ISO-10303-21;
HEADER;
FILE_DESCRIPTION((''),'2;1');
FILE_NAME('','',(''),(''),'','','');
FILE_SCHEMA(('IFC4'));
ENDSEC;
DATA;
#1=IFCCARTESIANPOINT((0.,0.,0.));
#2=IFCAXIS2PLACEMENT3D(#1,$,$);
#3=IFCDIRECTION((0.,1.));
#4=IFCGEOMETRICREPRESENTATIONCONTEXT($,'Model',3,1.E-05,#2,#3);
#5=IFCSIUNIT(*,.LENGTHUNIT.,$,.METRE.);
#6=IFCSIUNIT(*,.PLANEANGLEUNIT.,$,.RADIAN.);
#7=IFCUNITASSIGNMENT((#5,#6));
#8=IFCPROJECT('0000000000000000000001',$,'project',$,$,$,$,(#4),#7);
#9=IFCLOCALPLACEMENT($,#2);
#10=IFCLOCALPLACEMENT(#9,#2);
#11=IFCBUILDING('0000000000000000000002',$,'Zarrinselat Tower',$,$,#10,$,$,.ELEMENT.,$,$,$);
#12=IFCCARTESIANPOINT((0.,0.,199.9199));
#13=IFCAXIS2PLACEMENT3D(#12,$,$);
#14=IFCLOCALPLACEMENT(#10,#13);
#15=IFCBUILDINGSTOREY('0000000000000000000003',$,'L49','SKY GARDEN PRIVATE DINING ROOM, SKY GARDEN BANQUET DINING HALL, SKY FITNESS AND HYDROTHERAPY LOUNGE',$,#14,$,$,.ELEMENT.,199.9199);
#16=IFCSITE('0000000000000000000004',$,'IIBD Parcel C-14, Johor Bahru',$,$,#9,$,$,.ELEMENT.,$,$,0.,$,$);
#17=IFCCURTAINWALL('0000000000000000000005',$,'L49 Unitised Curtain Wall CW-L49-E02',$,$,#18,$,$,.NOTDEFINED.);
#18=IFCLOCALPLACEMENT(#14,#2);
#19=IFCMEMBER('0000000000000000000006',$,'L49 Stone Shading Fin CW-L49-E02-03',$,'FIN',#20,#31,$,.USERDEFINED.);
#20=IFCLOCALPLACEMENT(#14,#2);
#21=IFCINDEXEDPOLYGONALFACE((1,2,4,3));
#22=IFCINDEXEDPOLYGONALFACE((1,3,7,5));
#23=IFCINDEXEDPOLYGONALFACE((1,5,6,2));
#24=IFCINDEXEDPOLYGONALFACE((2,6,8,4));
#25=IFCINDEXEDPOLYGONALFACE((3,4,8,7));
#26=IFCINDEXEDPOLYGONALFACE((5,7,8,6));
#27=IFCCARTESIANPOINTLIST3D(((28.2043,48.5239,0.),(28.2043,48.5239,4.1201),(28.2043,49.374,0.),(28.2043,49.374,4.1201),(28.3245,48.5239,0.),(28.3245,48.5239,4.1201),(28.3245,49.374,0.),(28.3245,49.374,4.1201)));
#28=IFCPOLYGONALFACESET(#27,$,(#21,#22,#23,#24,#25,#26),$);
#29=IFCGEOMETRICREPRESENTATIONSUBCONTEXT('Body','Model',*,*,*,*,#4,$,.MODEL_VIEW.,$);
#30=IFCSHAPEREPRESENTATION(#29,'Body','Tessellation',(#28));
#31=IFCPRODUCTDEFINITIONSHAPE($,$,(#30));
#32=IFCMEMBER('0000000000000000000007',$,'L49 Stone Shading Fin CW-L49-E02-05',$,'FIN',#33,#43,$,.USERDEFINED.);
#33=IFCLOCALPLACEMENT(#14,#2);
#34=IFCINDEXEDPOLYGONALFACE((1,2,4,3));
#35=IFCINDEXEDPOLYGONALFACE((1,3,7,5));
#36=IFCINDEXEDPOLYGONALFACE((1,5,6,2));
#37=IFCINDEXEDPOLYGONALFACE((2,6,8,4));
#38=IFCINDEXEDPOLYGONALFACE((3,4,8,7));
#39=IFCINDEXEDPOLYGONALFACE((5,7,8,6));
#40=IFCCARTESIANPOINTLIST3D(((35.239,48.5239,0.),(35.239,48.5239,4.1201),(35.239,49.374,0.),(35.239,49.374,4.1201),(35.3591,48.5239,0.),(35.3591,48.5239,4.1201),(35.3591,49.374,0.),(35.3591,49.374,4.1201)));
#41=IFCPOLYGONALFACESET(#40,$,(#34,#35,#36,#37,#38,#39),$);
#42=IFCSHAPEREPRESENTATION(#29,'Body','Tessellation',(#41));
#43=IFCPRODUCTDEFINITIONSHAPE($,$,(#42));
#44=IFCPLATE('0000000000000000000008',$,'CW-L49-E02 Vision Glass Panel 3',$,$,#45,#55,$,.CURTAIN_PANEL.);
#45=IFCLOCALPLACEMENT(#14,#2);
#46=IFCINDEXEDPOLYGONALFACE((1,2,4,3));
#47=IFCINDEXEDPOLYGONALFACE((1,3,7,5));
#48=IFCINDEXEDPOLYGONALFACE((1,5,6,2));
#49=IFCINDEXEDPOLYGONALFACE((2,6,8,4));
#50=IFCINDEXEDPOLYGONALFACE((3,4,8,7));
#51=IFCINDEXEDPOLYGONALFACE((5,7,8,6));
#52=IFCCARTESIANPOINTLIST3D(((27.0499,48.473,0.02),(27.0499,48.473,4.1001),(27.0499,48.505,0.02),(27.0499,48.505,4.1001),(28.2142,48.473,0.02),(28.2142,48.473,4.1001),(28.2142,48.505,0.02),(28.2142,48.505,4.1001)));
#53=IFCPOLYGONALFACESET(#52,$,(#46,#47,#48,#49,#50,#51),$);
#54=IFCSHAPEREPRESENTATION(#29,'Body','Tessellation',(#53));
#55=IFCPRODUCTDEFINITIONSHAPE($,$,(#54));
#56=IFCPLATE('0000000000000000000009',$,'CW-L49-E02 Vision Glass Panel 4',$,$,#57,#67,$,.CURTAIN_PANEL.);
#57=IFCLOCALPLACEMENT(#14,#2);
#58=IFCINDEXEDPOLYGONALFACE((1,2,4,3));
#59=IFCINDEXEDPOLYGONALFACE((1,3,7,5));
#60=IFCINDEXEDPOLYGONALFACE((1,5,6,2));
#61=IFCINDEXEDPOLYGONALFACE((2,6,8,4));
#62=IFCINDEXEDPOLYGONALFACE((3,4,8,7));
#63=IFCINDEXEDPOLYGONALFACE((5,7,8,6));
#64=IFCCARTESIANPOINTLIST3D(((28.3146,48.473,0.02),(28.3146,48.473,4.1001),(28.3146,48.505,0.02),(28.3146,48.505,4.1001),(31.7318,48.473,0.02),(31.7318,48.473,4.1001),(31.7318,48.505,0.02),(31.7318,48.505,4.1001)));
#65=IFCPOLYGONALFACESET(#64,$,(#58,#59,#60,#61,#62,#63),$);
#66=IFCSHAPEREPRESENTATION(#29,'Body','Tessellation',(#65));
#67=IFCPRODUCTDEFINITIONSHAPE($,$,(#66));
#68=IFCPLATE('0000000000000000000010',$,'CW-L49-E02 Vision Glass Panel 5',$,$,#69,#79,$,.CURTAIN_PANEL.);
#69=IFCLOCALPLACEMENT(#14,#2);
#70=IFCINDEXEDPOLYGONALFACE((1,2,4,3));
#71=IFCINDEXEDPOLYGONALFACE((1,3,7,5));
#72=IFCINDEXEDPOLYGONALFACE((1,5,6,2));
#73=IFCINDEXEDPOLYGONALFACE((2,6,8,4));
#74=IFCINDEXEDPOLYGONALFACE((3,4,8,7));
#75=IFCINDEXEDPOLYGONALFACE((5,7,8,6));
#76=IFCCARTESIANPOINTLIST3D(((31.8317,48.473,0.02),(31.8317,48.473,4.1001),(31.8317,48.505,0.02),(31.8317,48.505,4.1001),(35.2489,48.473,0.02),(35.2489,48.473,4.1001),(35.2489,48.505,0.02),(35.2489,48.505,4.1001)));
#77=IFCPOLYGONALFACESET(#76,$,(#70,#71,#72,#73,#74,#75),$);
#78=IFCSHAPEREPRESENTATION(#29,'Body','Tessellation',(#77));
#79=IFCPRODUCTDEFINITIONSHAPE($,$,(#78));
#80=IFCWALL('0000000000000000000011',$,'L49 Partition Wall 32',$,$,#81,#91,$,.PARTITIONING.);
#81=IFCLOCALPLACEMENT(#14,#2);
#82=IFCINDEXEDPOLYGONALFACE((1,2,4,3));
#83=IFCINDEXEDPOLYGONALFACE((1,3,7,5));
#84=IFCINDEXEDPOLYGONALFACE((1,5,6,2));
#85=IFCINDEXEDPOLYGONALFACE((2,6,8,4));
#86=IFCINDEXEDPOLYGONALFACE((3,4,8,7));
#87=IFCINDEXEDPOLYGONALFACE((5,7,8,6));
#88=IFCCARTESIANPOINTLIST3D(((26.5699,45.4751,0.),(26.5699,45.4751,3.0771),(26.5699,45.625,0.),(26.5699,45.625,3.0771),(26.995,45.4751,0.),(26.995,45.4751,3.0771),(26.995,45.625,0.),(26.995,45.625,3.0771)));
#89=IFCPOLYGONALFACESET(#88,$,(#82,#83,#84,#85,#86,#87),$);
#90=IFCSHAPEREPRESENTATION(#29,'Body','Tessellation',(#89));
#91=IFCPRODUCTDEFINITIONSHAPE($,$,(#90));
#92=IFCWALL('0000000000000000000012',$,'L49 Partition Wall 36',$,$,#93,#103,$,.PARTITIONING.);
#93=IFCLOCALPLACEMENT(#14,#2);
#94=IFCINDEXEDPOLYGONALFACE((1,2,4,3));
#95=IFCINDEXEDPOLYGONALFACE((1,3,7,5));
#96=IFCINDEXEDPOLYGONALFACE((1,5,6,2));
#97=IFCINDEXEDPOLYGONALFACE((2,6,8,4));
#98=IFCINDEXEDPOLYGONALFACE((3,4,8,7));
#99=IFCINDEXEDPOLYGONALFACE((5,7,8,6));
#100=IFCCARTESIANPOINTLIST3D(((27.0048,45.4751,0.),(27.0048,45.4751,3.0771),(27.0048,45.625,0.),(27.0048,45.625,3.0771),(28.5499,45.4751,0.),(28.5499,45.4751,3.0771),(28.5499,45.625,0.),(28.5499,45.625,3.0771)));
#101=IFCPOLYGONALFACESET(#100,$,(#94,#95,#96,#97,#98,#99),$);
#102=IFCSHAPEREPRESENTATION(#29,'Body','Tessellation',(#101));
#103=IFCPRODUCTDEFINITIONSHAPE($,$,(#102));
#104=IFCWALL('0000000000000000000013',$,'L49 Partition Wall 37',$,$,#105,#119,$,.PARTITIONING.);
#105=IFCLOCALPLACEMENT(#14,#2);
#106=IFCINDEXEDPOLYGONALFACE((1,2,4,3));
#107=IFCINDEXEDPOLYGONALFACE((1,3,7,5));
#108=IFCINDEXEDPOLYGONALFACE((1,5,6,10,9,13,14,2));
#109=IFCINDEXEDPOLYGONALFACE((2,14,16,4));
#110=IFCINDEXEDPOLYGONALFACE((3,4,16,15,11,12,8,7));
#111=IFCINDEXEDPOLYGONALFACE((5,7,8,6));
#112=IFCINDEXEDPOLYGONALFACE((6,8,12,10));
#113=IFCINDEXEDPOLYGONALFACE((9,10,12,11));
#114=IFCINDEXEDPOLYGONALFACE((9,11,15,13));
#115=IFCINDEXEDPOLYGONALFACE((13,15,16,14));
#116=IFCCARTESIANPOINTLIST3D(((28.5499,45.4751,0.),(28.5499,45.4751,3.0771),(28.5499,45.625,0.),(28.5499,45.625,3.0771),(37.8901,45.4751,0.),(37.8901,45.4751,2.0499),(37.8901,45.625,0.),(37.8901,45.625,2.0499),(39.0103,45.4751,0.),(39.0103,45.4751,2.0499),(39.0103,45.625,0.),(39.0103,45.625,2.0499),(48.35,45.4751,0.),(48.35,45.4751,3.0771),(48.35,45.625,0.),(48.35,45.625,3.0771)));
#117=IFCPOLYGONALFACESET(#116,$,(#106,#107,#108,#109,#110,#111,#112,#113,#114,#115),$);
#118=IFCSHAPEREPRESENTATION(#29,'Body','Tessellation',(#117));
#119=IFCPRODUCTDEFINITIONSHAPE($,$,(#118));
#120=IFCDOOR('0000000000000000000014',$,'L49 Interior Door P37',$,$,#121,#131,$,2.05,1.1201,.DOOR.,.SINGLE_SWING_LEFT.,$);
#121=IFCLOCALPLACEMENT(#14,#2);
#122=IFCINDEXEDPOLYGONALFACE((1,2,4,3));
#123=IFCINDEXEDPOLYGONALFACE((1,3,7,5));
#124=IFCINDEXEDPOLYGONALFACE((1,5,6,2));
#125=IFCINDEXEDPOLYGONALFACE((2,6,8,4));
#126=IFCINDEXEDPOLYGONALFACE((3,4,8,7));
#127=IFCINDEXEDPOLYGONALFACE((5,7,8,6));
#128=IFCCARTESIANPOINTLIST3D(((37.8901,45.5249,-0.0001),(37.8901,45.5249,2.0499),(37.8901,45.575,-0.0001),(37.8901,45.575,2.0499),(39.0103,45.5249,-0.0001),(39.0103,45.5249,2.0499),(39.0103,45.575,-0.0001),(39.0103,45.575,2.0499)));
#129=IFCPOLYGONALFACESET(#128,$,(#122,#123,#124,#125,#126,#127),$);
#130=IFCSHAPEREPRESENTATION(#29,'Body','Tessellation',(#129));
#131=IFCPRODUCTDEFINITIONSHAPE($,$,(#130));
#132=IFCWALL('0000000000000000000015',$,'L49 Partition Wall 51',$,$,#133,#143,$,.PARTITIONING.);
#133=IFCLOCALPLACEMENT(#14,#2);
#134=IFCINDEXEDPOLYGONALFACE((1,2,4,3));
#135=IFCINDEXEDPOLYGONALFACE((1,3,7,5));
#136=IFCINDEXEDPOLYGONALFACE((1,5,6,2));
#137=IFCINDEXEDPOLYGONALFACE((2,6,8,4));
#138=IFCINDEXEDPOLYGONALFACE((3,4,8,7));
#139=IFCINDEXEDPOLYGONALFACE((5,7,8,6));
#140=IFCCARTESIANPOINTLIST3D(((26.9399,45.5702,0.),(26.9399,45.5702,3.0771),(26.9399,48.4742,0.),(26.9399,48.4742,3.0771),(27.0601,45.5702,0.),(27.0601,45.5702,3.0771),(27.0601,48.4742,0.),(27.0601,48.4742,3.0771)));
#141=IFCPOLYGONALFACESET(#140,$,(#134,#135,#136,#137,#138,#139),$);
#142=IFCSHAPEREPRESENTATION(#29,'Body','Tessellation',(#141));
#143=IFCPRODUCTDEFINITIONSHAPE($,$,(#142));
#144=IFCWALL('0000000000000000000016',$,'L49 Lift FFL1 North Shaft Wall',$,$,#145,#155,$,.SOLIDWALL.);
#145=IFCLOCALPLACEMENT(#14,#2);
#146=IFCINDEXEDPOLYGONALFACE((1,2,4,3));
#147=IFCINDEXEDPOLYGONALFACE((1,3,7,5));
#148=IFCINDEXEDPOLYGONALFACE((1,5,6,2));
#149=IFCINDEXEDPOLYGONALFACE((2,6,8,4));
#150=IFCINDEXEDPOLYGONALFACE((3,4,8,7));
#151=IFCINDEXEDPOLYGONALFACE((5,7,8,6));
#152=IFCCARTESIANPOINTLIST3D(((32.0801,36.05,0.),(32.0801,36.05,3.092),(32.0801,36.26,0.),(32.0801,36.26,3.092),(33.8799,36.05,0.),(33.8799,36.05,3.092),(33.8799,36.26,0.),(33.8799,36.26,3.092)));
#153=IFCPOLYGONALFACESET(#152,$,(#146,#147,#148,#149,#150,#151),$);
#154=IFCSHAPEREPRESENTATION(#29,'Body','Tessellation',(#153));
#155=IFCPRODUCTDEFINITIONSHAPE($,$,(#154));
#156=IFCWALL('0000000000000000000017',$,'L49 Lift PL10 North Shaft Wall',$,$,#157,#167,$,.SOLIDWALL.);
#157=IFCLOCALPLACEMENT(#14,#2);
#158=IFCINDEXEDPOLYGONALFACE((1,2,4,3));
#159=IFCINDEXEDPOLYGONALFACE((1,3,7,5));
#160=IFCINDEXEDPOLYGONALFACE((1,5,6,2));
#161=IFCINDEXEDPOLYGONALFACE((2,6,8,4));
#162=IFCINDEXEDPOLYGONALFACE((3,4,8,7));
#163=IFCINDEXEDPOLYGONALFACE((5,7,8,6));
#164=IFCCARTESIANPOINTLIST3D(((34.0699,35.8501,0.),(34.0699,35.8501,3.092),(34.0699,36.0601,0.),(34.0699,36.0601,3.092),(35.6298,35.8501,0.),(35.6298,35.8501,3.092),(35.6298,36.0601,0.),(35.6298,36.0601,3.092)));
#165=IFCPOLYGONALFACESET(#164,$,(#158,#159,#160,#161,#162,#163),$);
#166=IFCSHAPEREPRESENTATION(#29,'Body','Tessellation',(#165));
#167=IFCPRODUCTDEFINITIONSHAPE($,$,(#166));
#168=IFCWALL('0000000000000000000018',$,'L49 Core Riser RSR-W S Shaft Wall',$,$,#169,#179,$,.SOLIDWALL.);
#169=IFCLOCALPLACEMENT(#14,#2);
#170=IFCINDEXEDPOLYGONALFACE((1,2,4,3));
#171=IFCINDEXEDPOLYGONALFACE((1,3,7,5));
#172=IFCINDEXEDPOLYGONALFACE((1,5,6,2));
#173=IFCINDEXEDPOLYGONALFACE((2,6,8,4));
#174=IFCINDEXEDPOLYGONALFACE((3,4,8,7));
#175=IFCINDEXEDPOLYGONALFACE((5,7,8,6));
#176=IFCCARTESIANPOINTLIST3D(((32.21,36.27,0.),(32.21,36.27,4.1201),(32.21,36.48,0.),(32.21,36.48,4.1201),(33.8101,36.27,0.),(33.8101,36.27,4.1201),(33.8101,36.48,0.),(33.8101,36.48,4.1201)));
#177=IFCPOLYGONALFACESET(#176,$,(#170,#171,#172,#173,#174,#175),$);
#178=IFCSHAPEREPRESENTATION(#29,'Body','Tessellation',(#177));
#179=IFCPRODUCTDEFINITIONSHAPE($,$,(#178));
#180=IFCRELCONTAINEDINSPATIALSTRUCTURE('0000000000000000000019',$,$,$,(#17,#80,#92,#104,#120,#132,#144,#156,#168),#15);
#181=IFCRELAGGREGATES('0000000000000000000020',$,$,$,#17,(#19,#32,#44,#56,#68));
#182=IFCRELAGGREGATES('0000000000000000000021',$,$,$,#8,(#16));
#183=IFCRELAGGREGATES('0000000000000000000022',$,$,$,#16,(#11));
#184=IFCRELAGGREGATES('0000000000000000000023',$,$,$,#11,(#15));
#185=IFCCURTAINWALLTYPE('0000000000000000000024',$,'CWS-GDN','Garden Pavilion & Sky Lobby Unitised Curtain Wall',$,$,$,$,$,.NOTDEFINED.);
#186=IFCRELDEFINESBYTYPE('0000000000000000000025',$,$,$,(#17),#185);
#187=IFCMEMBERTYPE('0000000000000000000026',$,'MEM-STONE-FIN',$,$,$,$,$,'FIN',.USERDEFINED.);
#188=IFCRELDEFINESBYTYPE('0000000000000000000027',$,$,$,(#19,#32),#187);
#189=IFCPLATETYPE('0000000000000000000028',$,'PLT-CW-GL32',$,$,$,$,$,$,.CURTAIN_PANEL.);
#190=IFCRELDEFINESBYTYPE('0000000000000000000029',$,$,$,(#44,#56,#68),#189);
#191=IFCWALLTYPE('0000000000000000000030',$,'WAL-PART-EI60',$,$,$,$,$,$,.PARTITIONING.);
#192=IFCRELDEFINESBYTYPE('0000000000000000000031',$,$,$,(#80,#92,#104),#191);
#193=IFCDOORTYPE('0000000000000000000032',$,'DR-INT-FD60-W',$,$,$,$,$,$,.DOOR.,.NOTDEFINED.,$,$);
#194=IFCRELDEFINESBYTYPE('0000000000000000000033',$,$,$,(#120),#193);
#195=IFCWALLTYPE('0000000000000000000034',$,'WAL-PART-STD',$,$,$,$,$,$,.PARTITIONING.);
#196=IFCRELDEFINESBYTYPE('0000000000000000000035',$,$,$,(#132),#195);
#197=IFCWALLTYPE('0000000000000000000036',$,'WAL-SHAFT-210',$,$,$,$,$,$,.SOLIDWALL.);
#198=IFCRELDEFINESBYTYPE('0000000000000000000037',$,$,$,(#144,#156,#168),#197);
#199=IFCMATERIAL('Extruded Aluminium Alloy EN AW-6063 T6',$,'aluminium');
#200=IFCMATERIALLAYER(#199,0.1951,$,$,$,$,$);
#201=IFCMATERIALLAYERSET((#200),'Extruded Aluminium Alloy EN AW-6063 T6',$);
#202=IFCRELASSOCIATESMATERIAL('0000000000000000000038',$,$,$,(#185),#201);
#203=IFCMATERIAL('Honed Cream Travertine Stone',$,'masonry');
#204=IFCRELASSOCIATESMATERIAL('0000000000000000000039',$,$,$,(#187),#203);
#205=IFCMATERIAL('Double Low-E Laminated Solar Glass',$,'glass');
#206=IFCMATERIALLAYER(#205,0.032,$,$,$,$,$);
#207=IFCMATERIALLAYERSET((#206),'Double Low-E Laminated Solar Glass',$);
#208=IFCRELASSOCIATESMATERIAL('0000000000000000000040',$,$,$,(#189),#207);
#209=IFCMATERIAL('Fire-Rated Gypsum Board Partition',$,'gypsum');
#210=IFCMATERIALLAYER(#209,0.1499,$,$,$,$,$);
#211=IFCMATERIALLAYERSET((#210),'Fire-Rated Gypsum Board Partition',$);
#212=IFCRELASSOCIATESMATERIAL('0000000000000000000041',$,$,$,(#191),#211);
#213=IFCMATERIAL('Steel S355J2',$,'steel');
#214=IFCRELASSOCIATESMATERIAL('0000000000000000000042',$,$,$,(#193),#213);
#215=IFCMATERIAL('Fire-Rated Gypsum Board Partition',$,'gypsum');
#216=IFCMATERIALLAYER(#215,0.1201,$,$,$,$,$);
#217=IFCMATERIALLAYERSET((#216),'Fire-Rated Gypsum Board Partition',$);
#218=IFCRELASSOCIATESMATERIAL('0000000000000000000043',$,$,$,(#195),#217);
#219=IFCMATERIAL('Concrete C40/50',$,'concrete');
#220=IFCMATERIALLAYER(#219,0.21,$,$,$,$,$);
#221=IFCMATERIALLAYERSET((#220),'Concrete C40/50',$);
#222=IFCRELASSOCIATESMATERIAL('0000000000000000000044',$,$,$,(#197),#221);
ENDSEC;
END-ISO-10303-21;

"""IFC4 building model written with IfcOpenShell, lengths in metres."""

from ifc_helpers import new_model, si_unit, direction, frame, frame_2d, origin, origin_2d, place, context, subcontext, project, spatial, rectangle, extrude, material, layer, layer_set, material_profile, profile_set, type_object, element, fill, aggregate, save


model = new_model("IFC4")

# Units and contexts
model_context = context("Model", 3, precision=1e-05, world=origin(), true_north=direction((0.0, 1.0)))
body_context = subcontext(model_context, "Body", "Model", "MODEL_VIEW")
ifc_project = project(units=[si_unit("LENGTHUNIT", "METRE"), si_unit("PLANEANGLEUNIT", "RADIAN")], contexts=[model_context])

# Site, building, storey
site_placement = place(None, origin())
site = spatial("IfcSite", under=ifc_project, at=site_placement, Name="IIBD Parcel C-14, Johor Bahru", CompositionType="ELEMENT", RefElevation=0.0)
building_placement = place(site_placement, origin())
building = spatial("IfcBuilding", under=site, at=building_placement, Name="Zarrinselat Tower", CompositionType="ELEMENT")
storey_placement = place(building_placement, frame((0.0, 0.0, 199.9199)))
storey = spatial("IfcBuildingStorey", under=building, at=storey_placement, Name="L49", Description="SKY GARDEN PRIVATE DINING ROOM, SKY GARDEN BANQUET DINING HALL, SKY FITNESS AND HYDROTHERAPY LOUNGE", CompositionType="ELEMENT", Elevation=199.9199)

# Curtain wall, members, plates
ifc_material_1 = material(Name="Extruded Aluminium Alloy EN AW-6063 T6", Category="aluminium")
ifc_layer_1 = layer(ifc_material_1, 0.1951)
ifc_layer_set_1 = layer_set([ifc_layer_1], Name="Extruded Aluminium Alloy EN AW-6063 T6")
curtain_wall_type = type_object("IfcCurtainWallType", Name="CWS-GDN", Description="Garden Pavilion & Sky Lobby Unitised Curtain Wall", PredefinedType="NOTDEFINED", material=ifc_layer_set_1)
curtain_wall_placement = place(storey_placement, origin())
curtain_wall = element("IfcCurtainWall", 1, at=curtain_wall_placement, inside=storey, type_object=curtain_wall_type, Name="L49 Unitised Curtain Wall CW-L49-E02", PredefinedType="NOTDEFINED")
ifc_material_2 = material(Name="Honed Cream Travertine Stone", Category="masonry")
ifc_material_profile_1 = material_profile(ifc_material_2, rectangle(XDim=0.1201, YDim=0.8501, at=origin_2d()), Name="FIN 850x120")
ifc_profile_set_1 = profile_set([ifc_material_profile_1], Name="Honed Cream Travertine Stone")
member_type_1 = type_object("IfcMemberType", Name="MEM-STONE-FIN", ElementType="FIN", PredefinedType="USERDEFINED", material=ifc_profile_set_1)
member_1_placement = place(storey_placement, frame((28.2644, 48.949, 0.0), z_axis=(0.0, 0.0, 1.0), x_axis=(1.0, 0.0, 0.0)))
member_1 = element("IfcMember", 2, at=member_1_placement, type_object=member_type_1, Name="L49 Stone Shading Fin CW-L49-E02-03", ObjectType="FIN", PredefinedType="USERDEFINED", context=body_context, shape_type="SweptSolid", body=[
    extrude(rectangle(XDim=0.1201, YDim=0.8501, at=origin_2d()), origin(), (0.0, 0.0, 1.0), 4.1201),
])
member_2_placement = place(storey_placement, frame((35.2991, 48.949, 0.0), z_axis=(0.0, 0.0, 1.0), x_axis=(1.0, 0.0, 0.0)))
member_2 = element("IfcMember", 3, at=member_2_placement, type_object=member_type_1, Name="L49 Stone Shading Fin CW-L49-E02-05", ObjectType="FIN", PredefinedType="USERDEFINED", context=body_context, shape_type="SweptSolid", body=[
    extrude(rectangle(XDim=0.1201, YDim=0.8501, at=origin_2d()), origin(), (0.0, 0.0, 1.0), 4.1201),
])
ifc_material_3 = material(Name="Double Low-E Laminated Solar Glass", Category="glass")
ifc_layer_2 = layer(ifc_material_3, 0.032)
ifc_layer_set_2 = layer_set([ifc_layer_2], Name="Double Low-E Laminated Solar Glass")
plate_type = type_object("IfcPlateType", Name="PLT-CW-GL32", PredefinedType="CURTAIN_PANEL", material=ifc_layer_set_2)
plate_1_placement = place(storey_placement, frame((27.6321, 48.489, 0.02), z_axis=(0.0, 0.0, 1.0), x_axis=(1.0, 0.0, 0.0)))
plate_1 = element("IfcPlate", 4, at=plate_1_placement, type_object=plate_type, Name="CW-L49-E02 Vision Glass Panel 3", PredefinedType="CURTAIN_PANEL", context=body_context, shape_type="SweptSolid", body=[
    extrude(rectangle(XDim=1.1643, YDim=0.032, at=origin_2d()), origin(), (0.0, 0.0, 1.0), 4.0801),
])
plate_2_placement = place(storey_placement, frame((30.0232, 48.489, 0.02), z_axis=(0.0, 0.0, 1.0), x_axis=(1.0, 0.0, 0.0)))
plate_2 = element("IfcPlate", 5, at=plate_2_placement, type_object=plate_type, Name="CW-L49-E02 Vision Glass Panel 4", PredefinedType="CURTAIN_PANEL", context=body_context, shape_type="SweptSolid", body=[
    extrude(rectangle(XDim=3.4172, YDim=0.032, at=origin_2d()), origin(), (0.0, 0.0, 1.0), 4.0801),
])
plate_3_placement = place(storey_placement, frame((33.5403, 48.489, 0.02), z_axis=(0.0, 0.0, 1.0), x_axis=(1.0, 0.0, 0.0)))
plate_3 = element("IfcPlate", 6, at=plate_3_placement, type_object=plate_type, Name="CW-L49-E02 Vision Glass Panel 5", PredefinedType="CURTAIN_PANEL", context=body_context, shape_type="SweptSolid", body=[
    extrude(rectangle(XDim=3.4172, YDim=0.032, at=origin_2d()), origin(), (0.0, 0.0, 1.0), 4.0801),
])
aggregate(curtain_wall, [member_1, member_2, plate_1, plate_2, plate_3])

# Walls
ifc_material_4 = material(Name="Fire-Rated Gypsum Board Partition", Category="gypsum")
ifc_layer_3 = layer(ifc_material_4, 0.1499)
ifc_layer_set_3 = layer_set([ifc_layer_3], Name="Fire-Rated Gypsum Board Partition")
wall_type_1 = type_object("IfcWallType", Name="WAL-PART-EI60", PredefinedType="PARTITIONING", material=ifc_layer_set_3)
wall_1_placement = place(storey_placement, frame((26.5701, 45.55, 0.0), z_axis=(0.0, 0.0, 1.0), x_axis=(1.0, 0.0, 0.0)))
element("IfcWall", 7, at=wall_1_placement, inside=storey, type_object=wall_type_1, Name="L49 Partition Wall 32", PredefinedType="PARTITIONING", context=body_context, shape_type="SweptSolid", body=[
    extrude(rectangle(XDim=0.425, YDim=0.1499, at=frame_2d((0.2124, 0.0))), origin(), (0.0, 0.0, 1.0), 3.0771),
])
wall_2_placement = place(storey_placement, frame((27.0049, 45.55, 0.0), z_axis=(0.0, 0.0, 1.0), x_axis=(1.0, 0.0, 0.0)))
element("IfcWall", 8, at=wall_2_placement, inside=storey, type_object=wall_type_1, Name="L49 Partition Wall 36", PredefinedType="PARTITIONING", context=body_context, shape_type="SweptSolid", body=[
    extrude(rectangle(XDim=1.5452, YDim=0.1499, at=frame_2d((0.7725, 0.0))), origin(), (0.0, 0.0, 1.0), 3.0771),
])

# Wall, opening, door
wall_3_placement = place(storey_placement, frame((28.55, 45.55, 0.0), z_axis=(0.0, 0.0, 1.0), x_axis=(1.0, 0.0, 0.0)))
wall_3 = element("IfcWall", 9, at=wall_3_placement, inside=storey, type_object=wall_type_1, Name="L49 Partition Wall 37", PredefinedType="PARTITIONING", context=body_context, shape_type="SweptSolid", body=[
    extrude(rectangle(XDim=19.8, YDim=0.1499, at=frame_2d((9.8999, 0.0))), origin(), (0.0, 0.0, 1.0), 3.0771),
])
opening_placement = place(wall_3_placement, frame((9.3401, 0.0, 0.0)))
opening = element("IfcOpeningElement", 10, at=opening_placement, cuts=wall_3, PredefinedType="OPENING", context=body_context, shape_type="SweptSolid", body=[
    extrude(rectangle(XDim=1.1201, YDim=2.05, at=frame_2d((0.5601, 1.0249))), frame((0.0, 0.085, 0.0), z_axis=(0.0, -1.0, 0.0), x_axis=(1.0, 0.0, 0.0)), (0.0, 0.0, 1.0), 0.1699),
])
ifc_material_5 = material(Name="Steel S355J2", Category="steel")
door_type = type_object("IfcDoorType", Name="DR-INT-FD60-W", OperationType="NOTDEFINED", PredefinedType="DOOR", material=ifc_material_5)
door_placement = place(opening_placement, origin())
door = element("IfcDoor", 11, at=door_placement, inside=storey, type_object=door_type, Name="L49 Interior Door P37", OperationType="SINGLE_SWING_LEFT", OverallHeight=2.05, OverallWidth=1.1201, PredefinedType="DOOR", context=body_context, shape_type="SweptSolid", body=[
    extrude(rectangle(XDim=1.1201, YDim=2.05, at=frame_2d((0.5601, 1.0249))), frame((0.0, 0.0249, 0.0), z_axis=(0.0, -1.0, 0.0), x_axis=(1.0, 0.0, 0.0)), (0.0, 0.0, 1.0), 0.05),
])
fill(opening, door)

# Walls
ifc_material_6 = material(Name="Fire-Rated Gypsum Board Partition", Category="gypsum")
ifc_layer_4 = layer(ifc_material_6, 0.1201)
ifc_layer_set_4 = layer_set([ifc_layer_4], Name="Fire-Rated Gypsum Board Partition")
wall_type_2 = type_object("IfcWallType", Name="WAL-PART-STD", PredefinedType="PARTITIONING", material=ifc_layer_set_4)
wall_4_placement = place(storey_placement, frame((27.0, 45.5701, 0.0), z_axis=(0.0, 0.0, 1.0), x_axis=(0.0, 1.0, 0.0)))
element("IfcWall", 12, at=wall_4_placement, inside=storey, type_object=wall_type_2, Name="L49 Partition Wall 51", PredefinedType="PARTITIONING", context=body_context, shape_type="SweptSolid", body=[
    extrude(rectangle(XDim=2.9041, YDim=0.1201, at=frame_2d((1.4521, 0.0))), origin(), (0.0, 0.0, 1.0), 3.0771),
])
ifc_material_7 = material(Name="Concrete C40/50", Category="concrete")
ifc_layer_5 = layer(ifc_material_7, 0.21)
ifc_layer_set_5 = layer_set([ifc_layer_5], Name="Concrete C40/50")
wall_type_3 = type_object("IfcWallType", Name="WAL-SHAFT-210", PredefinedType="SOLIDWALL", material=ifc_layer_set_5)
wall_5_placement = place(storey_placement, frame((32.0801, 36.155, 0.0), z_axis=(0.0, 0.0, 1.0), x_axis=(1.0, 0.0, 0.0)))
element("IfcWall", 13, at=wall_5_placement, inside=storey, type_object=wall_type_3, Name="L49 Lift FFL1 North Shaft Wall", PredefinedType="SOLIDWALL", context=body_context, shape_type="SweptSolid", body=[
    extrude(rectangle(XDim=1.7998, YDim=0.21, at=frame_2d((0.8999, 0.0))), origin(), (0.0, 0.0, 1.0), 3.092),
])
wall_6_placement = place(storey_placement, frame((34.0701, 35.9551, 0.0), z_axis=(0.0, 0.0, 1.0), x_axis=(1.0, 0.0, 0.0)))
element("IfcWall", 14, at=wall_6_placement, inside=storey, type_object=wall_type_3, Name="L49 Lift PL10 North Shaft Wall", PredefinedType="SOLIDWALL", context=body_context, shape_type="SweptSolid", body=[
    extrude(rectangle(XDim=1.5598, YDim=0.21, at=frame_2d((0.7798, 0.0))), origin(), (0.0, 0.0, 1.0), 3.092),
])
for number, where, z_axis, x_axis, name in (
    (15, (32.21, 36.375, 0.0), (0.0, 0.0, 1.0), (1.0, 0.0, 0.0), "L49 Core Riser RSR-W S Shaft Wall"),
):
    element("IfcWall", number, at=place(storey_placement, frame(where, z_axis=z_axis, x_axis=x_axis)), inside=storey, type_object=wall_type_3, Name=name, PredefinedType="SOLIDWALL", context=body_context, shape_type="SweptSolid", body=[
        extrude(rectangle(XDim=1.6001, YDim=0.21, at=frame_2d((0.8, 0.0))), origin(), (0.0, 0.0, 1.0), 4.1201),
    ])

save(model, "model.ifc")
